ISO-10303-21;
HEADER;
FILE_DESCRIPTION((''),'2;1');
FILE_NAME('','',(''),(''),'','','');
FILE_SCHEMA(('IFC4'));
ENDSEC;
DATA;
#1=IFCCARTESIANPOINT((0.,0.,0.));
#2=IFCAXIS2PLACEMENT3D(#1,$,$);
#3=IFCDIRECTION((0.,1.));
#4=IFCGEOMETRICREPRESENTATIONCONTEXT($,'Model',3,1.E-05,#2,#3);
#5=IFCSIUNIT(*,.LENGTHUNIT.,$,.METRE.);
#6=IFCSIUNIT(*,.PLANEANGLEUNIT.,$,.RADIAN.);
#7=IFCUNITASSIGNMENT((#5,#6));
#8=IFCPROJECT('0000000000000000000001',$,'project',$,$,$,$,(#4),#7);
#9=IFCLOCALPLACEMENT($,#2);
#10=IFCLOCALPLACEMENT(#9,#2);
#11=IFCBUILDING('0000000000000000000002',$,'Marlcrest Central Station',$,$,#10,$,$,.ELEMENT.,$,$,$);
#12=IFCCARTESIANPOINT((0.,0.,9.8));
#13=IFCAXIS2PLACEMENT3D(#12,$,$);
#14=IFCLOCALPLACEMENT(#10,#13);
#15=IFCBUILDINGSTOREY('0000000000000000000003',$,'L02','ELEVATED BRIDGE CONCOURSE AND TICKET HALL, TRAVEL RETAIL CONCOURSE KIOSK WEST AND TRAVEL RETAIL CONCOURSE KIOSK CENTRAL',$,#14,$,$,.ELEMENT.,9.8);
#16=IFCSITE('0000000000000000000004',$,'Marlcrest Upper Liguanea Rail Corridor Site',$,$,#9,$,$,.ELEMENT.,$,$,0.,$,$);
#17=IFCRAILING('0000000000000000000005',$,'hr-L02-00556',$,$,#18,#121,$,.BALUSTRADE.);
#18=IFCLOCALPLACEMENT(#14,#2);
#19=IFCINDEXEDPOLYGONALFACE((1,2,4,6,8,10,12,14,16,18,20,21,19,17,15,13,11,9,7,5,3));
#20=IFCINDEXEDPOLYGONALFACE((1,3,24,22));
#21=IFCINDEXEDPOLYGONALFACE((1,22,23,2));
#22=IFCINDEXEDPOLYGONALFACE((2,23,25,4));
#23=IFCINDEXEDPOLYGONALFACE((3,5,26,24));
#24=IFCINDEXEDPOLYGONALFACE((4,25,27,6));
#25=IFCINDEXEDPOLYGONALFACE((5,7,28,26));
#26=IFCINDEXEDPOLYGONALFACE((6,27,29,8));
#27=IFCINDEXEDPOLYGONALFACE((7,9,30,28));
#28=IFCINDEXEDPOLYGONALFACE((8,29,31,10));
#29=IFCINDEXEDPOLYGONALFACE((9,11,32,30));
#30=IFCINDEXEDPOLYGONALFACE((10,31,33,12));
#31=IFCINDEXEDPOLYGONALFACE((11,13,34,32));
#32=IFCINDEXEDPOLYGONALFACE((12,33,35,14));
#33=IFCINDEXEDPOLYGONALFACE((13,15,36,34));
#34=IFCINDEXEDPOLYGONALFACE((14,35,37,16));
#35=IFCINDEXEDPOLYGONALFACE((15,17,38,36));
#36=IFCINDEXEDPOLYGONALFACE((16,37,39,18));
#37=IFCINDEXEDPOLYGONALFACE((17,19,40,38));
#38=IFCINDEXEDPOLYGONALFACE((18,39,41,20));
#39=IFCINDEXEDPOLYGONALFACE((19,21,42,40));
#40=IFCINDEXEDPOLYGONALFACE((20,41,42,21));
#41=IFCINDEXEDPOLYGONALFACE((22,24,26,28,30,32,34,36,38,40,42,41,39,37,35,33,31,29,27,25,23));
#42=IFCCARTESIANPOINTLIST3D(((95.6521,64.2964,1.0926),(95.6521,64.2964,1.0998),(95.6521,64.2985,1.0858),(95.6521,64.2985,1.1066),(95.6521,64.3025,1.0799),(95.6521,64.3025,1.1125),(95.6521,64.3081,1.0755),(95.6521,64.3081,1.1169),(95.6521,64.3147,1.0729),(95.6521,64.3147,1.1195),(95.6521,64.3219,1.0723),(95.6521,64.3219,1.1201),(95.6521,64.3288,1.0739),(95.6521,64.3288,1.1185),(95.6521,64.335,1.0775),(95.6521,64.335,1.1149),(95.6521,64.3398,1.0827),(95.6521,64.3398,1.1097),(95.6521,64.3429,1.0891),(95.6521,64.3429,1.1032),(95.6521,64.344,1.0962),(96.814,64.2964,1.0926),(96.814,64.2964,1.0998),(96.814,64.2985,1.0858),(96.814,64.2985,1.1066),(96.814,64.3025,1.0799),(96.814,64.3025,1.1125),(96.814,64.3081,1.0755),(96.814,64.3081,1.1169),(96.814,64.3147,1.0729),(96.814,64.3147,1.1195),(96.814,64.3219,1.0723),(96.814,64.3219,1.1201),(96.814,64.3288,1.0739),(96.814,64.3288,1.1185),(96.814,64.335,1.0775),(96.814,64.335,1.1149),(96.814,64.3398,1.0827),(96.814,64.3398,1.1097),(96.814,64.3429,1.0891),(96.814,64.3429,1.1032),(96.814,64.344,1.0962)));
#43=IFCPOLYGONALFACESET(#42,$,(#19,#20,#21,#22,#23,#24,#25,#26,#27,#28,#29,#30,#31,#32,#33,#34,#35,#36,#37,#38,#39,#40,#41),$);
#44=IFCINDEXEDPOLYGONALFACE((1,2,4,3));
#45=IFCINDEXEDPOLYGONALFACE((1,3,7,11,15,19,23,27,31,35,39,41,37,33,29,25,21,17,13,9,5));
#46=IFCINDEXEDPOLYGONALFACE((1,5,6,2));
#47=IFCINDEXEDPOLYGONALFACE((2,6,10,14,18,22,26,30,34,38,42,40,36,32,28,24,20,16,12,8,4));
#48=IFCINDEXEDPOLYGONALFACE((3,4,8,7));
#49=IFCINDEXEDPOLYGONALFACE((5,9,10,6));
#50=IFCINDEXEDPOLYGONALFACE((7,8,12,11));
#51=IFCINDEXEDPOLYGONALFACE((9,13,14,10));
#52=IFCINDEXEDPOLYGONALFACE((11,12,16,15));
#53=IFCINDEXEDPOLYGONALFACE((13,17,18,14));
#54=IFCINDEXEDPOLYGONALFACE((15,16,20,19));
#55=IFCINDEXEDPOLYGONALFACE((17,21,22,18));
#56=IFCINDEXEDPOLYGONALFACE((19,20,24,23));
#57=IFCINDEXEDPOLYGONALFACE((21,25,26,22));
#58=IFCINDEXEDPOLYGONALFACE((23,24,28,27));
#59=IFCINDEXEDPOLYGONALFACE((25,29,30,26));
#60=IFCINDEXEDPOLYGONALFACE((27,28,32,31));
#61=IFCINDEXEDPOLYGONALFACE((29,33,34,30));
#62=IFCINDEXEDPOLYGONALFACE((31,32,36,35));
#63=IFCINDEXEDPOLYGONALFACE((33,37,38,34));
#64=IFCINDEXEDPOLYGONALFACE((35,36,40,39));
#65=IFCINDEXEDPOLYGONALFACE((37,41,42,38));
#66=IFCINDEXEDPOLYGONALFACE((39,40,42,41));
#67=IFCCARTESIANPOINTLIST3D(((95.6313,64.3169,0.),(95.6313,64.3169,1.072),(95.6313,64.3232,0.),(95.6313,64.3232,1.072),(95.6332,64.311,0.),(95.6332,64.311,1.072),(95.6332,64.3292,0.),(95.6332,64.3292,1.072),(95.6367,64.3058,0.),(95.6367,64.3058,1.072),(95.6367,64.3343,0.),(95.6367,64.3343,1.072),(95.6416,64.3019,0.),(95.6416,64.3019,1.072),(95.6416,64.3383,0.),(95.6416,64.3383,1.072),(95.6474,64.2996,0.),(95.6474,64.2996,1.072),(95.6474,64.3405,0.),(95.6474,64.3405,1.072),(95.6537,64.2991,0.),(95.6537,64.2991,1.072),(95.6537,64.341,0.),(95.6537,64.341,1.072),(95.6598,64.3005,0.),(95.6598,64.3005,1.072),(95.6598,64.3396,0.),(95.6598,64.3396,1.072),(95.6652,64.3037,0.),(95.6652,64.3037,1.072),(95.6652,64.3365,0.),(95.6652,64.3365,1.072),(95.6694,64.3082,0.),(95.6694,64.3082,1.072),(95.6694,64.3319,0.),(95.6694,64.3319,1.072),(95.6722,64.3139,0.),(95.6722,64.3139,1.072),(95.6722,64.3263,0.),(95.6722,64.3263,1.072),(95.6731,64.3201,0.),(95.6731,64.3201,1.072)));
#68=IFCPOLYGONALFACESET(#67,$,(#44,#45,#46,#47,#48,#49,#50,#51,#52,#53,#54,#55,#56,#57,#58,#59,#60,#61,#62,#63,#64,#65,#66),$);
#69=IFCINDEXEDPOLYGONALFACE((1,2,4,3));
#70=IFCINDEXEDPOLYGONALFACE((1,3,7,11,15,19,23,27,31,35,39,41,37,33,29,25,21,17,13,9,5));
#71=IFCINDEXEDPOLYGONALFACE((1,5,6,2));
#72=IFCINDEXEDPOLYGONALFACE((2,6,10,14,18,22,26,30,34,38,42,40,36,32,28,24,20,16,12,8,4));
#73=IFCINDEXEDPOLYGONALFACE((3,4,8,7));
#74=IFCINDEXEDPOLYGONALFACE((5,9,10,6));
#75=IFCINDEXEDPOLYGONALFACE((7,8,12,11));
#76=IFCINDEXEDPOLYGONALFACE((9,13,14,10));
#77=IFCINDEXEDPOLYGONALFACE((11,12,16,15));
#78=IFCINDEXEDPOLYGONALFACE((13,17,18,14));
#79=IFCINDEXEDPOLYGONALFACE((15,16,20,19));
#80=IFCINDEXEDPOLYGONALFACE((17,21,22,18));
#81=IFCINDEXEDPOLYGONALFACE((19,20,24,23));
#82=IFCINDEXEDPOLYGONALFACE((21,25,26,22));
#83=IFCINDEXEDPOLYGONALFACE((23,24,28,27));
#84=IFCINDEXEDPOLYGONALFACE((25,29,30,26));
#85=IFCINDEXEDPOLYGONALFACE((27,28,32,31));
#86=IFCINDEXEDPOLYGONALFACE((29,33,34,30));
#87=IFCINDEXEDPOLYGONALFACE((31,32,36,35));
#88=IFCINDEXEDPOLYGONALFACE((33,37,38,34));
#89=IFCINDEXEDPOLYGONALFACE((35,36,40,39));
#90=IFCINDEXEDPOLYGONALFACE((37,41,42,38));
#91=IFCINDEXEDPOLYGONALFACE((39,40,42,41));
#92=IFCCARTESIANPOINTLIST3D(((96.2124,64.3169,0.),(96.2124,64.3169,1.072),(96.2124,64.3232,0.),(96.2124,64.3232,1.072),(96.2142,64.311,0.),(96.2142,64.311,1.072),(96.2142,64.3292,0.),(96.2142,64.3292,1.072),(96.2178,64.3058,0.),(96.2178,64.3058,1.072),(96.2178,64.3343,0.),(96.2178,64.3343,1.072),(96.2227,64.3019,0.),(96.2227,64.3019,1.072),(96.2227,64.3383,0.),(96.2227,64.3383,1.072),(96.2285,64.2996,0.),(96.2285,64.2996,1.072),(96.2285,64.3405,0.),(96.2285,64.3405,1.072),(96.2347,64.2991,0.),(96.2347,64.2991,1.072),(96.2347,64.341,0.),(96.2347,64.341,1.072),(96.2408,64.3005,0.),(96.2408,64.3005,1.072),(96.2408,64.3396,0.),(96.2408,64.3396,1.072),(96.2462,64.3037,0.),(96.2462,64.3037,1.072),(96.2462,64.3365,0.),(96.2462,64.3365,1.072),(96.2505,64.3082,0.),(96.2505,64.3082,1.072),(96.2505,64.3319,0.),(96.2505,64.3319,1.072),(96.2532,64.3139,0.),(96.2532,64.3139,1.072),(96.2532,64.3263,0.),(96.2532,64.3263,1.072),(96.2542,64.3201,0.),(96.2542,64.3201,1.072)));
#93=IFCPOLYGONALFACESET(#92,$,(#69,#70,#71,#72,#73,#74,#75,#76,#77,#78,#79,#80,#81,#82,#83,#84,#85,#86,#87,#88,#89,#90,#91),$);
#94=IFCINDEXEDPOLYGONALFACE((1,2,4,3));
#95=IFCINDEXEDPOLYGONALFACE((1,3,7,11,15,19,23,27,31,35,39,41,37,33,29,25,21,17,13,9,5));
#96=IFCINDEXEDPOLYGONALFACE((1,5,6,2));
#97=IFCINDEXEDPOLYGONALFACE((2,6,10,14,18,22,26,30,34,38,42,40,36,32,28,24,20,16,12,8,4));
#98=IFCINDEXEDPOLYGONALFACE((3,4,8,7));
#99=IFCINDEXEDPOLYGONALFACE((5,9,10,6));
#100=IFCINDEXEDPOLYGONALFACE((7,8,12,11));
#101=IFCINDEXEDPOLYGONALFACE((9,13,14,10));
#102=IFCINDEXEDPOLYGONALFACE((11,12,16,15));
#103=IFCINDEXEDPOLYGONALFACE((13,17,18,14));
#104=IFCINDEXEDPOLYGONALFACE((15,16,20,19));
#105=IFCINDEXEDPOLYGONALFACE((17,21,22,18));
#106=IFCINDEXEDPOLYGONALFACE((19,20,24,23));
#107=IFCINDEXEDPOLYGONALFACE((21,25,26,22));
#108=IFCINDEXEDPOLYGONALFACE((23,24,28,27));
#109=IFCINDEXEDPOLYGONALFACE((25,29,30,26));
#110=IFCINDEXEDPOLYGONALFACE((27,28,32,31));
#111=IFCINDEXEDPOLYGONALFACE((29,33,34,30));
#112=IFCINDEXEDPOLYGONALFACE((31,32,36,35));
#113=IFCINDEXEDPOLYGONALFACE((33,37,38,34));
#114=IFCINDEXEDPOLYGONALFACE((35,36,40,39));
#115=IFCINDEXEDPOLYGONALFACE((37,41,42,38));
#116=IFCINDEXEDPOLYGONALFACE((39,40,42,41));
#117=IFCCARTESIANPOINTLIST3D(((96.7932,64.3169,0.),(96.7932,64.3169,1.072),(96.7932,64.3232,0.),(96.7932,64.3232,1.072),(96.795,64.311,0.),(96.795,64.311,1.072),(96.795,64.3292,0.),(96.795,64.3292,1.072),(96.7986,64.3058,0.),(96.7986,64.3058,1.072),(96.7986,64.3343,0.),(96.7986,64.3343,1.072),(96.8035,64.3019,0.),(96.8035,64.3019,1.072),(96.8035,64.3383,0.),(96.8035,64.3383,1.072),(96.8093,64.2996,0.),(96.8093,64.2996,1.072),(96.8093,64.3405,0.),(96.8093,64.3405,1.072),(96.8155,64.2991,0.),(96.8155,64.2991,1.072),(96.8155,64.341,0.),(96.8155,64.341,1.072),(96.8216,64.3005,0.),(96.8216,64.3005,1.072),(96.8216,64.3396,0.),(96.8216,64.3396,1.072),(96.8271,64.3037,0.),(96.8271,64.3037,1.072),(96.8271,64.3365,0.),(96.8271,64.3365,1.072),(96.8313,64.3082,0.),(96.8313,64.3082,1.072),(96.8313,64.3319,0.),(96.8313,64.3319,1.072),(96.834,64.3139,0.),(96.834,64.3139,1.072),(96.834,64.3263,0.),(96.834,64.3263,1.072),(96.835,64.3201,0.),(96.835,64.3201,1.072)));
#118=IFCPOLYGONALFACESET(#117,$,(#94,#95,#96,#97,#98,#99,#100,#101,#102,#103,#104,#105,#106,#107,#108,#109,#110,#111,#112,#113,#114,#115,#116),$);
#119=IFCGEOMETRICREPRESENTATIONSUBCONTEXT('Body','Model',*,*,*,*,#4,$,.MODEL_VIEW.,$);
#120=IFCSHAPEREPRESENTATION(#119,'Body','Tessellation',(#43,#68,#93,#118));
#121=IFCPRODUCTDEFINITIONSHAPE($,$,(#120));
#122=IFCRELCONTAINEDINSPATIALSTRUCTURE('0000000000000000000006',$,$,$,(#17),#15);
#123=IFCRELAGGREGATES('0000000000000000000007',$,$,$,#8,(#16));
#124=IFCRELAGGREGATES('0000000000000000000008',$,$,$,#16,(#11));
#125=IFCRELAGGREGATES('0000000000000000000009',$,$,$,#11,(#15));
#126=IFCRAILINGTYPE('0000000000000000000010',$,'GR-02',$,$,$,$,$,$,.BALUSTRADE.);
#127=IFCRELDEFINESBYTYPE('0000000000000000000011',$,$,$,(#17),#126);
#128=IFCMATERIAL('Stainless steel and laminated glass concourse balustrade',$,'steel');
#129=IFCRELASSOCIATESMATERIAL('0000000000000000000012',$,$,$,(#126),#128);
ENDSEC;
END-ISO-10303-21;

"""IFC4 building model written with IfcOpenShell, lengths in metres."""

from ifc_helpers import new_model, si_unit, direction, frame, origin, origin_2d, place, context, subcontext, project, spatial, circle, extrude, material, type_object, element, save


model = new_model("IFC4")

# Units and contexts
model_context = context("Model", 3, precision=1e-05, world=origin(), true_north=direction((0.0, 1.0)))
body_context = subcontext(model_context, "Body", "Model", "MODEL_VIEW")
ifc_project = project(units=[si_unit("LENGTHUNIT", "METRE"), si_unit("PLANEANGLEUNIT", "RADIAN")], contexts=[model_context])

# Site, building, storey
site_placement = place(None, origin())
site = spatial("IfcSite", under=ifc_project, at=site_placement, Name="Marlcrest Upper Liguanea Rail Corridor Site", CompositionType="ELEMENT", RefElevation=0.0)
building_placement = place(site_placement, origin())
building = spatial("IfcBuilding", under=site, at=building_placement, Name="Marlcrest Central Station", CompositionType="ELEMENT")
storey_placement = place(building_placement, frame((0.0, 0.0, 9.8)))
storey = spatial("IfcBuildingStorey", under=building, at=storey_placement, Name="L02", Description="ELEVATED BRIDGE CONCOURSE AND TICKET HALL, TRAVEL RETAIL CONCOURSE KIOSK WEST AND TRAVEL RETAIL CONCOURSE KIOSK CENTRAL", CompositionType="ELEMENT", Elevation=9.8)

# Railing
ifc_material_1 = material(Name="Stainless steel and laminated glass concourse balustrade", Category="steel")
railing_type = type_object("IfcRailingType", Name="GR-02", PredefinedType="BALUSTRADE", material=ifc_material_1)
railing_1_placement = place(storey_placement, frame((95.6521, 64.3201, 0.0)))
element("IfcRailing", 1, at=railing_1_placement, inside=storey, type_object=railing_type, Name="hr-L02-00556", PredefinedType="BALUSTRADE", context=body_context, shape_type="SweptSolid", body=[
    extrude(circle(Radius=0.0239, at=origin_2d()), frame((0.0, 0.0, 1.0962), z_axis=(1.0, 0.0, 0.0), x_axis=(0.0, 1.0, 0.0)), (0.0, 0.0, 1.0), 1.1619),
    extrude(circle(Radius=0.021, at=origin_2d()), origin(), (0.0, 0.0, 1.0), 1.072),
    extrude(circle(Radius=0.021, at=origin_2d()), frame((0.5811, 0.0, 0.0)), (0.0, 0.0, 1.0), 1.072),
    extrude(circle(Radius=0.021, at=origin_2d()), frame((1.1619, 0.0, 0.0)), (0.0, 0.0, 1.0), 1.072),
])

save(model, "model.ifc")
